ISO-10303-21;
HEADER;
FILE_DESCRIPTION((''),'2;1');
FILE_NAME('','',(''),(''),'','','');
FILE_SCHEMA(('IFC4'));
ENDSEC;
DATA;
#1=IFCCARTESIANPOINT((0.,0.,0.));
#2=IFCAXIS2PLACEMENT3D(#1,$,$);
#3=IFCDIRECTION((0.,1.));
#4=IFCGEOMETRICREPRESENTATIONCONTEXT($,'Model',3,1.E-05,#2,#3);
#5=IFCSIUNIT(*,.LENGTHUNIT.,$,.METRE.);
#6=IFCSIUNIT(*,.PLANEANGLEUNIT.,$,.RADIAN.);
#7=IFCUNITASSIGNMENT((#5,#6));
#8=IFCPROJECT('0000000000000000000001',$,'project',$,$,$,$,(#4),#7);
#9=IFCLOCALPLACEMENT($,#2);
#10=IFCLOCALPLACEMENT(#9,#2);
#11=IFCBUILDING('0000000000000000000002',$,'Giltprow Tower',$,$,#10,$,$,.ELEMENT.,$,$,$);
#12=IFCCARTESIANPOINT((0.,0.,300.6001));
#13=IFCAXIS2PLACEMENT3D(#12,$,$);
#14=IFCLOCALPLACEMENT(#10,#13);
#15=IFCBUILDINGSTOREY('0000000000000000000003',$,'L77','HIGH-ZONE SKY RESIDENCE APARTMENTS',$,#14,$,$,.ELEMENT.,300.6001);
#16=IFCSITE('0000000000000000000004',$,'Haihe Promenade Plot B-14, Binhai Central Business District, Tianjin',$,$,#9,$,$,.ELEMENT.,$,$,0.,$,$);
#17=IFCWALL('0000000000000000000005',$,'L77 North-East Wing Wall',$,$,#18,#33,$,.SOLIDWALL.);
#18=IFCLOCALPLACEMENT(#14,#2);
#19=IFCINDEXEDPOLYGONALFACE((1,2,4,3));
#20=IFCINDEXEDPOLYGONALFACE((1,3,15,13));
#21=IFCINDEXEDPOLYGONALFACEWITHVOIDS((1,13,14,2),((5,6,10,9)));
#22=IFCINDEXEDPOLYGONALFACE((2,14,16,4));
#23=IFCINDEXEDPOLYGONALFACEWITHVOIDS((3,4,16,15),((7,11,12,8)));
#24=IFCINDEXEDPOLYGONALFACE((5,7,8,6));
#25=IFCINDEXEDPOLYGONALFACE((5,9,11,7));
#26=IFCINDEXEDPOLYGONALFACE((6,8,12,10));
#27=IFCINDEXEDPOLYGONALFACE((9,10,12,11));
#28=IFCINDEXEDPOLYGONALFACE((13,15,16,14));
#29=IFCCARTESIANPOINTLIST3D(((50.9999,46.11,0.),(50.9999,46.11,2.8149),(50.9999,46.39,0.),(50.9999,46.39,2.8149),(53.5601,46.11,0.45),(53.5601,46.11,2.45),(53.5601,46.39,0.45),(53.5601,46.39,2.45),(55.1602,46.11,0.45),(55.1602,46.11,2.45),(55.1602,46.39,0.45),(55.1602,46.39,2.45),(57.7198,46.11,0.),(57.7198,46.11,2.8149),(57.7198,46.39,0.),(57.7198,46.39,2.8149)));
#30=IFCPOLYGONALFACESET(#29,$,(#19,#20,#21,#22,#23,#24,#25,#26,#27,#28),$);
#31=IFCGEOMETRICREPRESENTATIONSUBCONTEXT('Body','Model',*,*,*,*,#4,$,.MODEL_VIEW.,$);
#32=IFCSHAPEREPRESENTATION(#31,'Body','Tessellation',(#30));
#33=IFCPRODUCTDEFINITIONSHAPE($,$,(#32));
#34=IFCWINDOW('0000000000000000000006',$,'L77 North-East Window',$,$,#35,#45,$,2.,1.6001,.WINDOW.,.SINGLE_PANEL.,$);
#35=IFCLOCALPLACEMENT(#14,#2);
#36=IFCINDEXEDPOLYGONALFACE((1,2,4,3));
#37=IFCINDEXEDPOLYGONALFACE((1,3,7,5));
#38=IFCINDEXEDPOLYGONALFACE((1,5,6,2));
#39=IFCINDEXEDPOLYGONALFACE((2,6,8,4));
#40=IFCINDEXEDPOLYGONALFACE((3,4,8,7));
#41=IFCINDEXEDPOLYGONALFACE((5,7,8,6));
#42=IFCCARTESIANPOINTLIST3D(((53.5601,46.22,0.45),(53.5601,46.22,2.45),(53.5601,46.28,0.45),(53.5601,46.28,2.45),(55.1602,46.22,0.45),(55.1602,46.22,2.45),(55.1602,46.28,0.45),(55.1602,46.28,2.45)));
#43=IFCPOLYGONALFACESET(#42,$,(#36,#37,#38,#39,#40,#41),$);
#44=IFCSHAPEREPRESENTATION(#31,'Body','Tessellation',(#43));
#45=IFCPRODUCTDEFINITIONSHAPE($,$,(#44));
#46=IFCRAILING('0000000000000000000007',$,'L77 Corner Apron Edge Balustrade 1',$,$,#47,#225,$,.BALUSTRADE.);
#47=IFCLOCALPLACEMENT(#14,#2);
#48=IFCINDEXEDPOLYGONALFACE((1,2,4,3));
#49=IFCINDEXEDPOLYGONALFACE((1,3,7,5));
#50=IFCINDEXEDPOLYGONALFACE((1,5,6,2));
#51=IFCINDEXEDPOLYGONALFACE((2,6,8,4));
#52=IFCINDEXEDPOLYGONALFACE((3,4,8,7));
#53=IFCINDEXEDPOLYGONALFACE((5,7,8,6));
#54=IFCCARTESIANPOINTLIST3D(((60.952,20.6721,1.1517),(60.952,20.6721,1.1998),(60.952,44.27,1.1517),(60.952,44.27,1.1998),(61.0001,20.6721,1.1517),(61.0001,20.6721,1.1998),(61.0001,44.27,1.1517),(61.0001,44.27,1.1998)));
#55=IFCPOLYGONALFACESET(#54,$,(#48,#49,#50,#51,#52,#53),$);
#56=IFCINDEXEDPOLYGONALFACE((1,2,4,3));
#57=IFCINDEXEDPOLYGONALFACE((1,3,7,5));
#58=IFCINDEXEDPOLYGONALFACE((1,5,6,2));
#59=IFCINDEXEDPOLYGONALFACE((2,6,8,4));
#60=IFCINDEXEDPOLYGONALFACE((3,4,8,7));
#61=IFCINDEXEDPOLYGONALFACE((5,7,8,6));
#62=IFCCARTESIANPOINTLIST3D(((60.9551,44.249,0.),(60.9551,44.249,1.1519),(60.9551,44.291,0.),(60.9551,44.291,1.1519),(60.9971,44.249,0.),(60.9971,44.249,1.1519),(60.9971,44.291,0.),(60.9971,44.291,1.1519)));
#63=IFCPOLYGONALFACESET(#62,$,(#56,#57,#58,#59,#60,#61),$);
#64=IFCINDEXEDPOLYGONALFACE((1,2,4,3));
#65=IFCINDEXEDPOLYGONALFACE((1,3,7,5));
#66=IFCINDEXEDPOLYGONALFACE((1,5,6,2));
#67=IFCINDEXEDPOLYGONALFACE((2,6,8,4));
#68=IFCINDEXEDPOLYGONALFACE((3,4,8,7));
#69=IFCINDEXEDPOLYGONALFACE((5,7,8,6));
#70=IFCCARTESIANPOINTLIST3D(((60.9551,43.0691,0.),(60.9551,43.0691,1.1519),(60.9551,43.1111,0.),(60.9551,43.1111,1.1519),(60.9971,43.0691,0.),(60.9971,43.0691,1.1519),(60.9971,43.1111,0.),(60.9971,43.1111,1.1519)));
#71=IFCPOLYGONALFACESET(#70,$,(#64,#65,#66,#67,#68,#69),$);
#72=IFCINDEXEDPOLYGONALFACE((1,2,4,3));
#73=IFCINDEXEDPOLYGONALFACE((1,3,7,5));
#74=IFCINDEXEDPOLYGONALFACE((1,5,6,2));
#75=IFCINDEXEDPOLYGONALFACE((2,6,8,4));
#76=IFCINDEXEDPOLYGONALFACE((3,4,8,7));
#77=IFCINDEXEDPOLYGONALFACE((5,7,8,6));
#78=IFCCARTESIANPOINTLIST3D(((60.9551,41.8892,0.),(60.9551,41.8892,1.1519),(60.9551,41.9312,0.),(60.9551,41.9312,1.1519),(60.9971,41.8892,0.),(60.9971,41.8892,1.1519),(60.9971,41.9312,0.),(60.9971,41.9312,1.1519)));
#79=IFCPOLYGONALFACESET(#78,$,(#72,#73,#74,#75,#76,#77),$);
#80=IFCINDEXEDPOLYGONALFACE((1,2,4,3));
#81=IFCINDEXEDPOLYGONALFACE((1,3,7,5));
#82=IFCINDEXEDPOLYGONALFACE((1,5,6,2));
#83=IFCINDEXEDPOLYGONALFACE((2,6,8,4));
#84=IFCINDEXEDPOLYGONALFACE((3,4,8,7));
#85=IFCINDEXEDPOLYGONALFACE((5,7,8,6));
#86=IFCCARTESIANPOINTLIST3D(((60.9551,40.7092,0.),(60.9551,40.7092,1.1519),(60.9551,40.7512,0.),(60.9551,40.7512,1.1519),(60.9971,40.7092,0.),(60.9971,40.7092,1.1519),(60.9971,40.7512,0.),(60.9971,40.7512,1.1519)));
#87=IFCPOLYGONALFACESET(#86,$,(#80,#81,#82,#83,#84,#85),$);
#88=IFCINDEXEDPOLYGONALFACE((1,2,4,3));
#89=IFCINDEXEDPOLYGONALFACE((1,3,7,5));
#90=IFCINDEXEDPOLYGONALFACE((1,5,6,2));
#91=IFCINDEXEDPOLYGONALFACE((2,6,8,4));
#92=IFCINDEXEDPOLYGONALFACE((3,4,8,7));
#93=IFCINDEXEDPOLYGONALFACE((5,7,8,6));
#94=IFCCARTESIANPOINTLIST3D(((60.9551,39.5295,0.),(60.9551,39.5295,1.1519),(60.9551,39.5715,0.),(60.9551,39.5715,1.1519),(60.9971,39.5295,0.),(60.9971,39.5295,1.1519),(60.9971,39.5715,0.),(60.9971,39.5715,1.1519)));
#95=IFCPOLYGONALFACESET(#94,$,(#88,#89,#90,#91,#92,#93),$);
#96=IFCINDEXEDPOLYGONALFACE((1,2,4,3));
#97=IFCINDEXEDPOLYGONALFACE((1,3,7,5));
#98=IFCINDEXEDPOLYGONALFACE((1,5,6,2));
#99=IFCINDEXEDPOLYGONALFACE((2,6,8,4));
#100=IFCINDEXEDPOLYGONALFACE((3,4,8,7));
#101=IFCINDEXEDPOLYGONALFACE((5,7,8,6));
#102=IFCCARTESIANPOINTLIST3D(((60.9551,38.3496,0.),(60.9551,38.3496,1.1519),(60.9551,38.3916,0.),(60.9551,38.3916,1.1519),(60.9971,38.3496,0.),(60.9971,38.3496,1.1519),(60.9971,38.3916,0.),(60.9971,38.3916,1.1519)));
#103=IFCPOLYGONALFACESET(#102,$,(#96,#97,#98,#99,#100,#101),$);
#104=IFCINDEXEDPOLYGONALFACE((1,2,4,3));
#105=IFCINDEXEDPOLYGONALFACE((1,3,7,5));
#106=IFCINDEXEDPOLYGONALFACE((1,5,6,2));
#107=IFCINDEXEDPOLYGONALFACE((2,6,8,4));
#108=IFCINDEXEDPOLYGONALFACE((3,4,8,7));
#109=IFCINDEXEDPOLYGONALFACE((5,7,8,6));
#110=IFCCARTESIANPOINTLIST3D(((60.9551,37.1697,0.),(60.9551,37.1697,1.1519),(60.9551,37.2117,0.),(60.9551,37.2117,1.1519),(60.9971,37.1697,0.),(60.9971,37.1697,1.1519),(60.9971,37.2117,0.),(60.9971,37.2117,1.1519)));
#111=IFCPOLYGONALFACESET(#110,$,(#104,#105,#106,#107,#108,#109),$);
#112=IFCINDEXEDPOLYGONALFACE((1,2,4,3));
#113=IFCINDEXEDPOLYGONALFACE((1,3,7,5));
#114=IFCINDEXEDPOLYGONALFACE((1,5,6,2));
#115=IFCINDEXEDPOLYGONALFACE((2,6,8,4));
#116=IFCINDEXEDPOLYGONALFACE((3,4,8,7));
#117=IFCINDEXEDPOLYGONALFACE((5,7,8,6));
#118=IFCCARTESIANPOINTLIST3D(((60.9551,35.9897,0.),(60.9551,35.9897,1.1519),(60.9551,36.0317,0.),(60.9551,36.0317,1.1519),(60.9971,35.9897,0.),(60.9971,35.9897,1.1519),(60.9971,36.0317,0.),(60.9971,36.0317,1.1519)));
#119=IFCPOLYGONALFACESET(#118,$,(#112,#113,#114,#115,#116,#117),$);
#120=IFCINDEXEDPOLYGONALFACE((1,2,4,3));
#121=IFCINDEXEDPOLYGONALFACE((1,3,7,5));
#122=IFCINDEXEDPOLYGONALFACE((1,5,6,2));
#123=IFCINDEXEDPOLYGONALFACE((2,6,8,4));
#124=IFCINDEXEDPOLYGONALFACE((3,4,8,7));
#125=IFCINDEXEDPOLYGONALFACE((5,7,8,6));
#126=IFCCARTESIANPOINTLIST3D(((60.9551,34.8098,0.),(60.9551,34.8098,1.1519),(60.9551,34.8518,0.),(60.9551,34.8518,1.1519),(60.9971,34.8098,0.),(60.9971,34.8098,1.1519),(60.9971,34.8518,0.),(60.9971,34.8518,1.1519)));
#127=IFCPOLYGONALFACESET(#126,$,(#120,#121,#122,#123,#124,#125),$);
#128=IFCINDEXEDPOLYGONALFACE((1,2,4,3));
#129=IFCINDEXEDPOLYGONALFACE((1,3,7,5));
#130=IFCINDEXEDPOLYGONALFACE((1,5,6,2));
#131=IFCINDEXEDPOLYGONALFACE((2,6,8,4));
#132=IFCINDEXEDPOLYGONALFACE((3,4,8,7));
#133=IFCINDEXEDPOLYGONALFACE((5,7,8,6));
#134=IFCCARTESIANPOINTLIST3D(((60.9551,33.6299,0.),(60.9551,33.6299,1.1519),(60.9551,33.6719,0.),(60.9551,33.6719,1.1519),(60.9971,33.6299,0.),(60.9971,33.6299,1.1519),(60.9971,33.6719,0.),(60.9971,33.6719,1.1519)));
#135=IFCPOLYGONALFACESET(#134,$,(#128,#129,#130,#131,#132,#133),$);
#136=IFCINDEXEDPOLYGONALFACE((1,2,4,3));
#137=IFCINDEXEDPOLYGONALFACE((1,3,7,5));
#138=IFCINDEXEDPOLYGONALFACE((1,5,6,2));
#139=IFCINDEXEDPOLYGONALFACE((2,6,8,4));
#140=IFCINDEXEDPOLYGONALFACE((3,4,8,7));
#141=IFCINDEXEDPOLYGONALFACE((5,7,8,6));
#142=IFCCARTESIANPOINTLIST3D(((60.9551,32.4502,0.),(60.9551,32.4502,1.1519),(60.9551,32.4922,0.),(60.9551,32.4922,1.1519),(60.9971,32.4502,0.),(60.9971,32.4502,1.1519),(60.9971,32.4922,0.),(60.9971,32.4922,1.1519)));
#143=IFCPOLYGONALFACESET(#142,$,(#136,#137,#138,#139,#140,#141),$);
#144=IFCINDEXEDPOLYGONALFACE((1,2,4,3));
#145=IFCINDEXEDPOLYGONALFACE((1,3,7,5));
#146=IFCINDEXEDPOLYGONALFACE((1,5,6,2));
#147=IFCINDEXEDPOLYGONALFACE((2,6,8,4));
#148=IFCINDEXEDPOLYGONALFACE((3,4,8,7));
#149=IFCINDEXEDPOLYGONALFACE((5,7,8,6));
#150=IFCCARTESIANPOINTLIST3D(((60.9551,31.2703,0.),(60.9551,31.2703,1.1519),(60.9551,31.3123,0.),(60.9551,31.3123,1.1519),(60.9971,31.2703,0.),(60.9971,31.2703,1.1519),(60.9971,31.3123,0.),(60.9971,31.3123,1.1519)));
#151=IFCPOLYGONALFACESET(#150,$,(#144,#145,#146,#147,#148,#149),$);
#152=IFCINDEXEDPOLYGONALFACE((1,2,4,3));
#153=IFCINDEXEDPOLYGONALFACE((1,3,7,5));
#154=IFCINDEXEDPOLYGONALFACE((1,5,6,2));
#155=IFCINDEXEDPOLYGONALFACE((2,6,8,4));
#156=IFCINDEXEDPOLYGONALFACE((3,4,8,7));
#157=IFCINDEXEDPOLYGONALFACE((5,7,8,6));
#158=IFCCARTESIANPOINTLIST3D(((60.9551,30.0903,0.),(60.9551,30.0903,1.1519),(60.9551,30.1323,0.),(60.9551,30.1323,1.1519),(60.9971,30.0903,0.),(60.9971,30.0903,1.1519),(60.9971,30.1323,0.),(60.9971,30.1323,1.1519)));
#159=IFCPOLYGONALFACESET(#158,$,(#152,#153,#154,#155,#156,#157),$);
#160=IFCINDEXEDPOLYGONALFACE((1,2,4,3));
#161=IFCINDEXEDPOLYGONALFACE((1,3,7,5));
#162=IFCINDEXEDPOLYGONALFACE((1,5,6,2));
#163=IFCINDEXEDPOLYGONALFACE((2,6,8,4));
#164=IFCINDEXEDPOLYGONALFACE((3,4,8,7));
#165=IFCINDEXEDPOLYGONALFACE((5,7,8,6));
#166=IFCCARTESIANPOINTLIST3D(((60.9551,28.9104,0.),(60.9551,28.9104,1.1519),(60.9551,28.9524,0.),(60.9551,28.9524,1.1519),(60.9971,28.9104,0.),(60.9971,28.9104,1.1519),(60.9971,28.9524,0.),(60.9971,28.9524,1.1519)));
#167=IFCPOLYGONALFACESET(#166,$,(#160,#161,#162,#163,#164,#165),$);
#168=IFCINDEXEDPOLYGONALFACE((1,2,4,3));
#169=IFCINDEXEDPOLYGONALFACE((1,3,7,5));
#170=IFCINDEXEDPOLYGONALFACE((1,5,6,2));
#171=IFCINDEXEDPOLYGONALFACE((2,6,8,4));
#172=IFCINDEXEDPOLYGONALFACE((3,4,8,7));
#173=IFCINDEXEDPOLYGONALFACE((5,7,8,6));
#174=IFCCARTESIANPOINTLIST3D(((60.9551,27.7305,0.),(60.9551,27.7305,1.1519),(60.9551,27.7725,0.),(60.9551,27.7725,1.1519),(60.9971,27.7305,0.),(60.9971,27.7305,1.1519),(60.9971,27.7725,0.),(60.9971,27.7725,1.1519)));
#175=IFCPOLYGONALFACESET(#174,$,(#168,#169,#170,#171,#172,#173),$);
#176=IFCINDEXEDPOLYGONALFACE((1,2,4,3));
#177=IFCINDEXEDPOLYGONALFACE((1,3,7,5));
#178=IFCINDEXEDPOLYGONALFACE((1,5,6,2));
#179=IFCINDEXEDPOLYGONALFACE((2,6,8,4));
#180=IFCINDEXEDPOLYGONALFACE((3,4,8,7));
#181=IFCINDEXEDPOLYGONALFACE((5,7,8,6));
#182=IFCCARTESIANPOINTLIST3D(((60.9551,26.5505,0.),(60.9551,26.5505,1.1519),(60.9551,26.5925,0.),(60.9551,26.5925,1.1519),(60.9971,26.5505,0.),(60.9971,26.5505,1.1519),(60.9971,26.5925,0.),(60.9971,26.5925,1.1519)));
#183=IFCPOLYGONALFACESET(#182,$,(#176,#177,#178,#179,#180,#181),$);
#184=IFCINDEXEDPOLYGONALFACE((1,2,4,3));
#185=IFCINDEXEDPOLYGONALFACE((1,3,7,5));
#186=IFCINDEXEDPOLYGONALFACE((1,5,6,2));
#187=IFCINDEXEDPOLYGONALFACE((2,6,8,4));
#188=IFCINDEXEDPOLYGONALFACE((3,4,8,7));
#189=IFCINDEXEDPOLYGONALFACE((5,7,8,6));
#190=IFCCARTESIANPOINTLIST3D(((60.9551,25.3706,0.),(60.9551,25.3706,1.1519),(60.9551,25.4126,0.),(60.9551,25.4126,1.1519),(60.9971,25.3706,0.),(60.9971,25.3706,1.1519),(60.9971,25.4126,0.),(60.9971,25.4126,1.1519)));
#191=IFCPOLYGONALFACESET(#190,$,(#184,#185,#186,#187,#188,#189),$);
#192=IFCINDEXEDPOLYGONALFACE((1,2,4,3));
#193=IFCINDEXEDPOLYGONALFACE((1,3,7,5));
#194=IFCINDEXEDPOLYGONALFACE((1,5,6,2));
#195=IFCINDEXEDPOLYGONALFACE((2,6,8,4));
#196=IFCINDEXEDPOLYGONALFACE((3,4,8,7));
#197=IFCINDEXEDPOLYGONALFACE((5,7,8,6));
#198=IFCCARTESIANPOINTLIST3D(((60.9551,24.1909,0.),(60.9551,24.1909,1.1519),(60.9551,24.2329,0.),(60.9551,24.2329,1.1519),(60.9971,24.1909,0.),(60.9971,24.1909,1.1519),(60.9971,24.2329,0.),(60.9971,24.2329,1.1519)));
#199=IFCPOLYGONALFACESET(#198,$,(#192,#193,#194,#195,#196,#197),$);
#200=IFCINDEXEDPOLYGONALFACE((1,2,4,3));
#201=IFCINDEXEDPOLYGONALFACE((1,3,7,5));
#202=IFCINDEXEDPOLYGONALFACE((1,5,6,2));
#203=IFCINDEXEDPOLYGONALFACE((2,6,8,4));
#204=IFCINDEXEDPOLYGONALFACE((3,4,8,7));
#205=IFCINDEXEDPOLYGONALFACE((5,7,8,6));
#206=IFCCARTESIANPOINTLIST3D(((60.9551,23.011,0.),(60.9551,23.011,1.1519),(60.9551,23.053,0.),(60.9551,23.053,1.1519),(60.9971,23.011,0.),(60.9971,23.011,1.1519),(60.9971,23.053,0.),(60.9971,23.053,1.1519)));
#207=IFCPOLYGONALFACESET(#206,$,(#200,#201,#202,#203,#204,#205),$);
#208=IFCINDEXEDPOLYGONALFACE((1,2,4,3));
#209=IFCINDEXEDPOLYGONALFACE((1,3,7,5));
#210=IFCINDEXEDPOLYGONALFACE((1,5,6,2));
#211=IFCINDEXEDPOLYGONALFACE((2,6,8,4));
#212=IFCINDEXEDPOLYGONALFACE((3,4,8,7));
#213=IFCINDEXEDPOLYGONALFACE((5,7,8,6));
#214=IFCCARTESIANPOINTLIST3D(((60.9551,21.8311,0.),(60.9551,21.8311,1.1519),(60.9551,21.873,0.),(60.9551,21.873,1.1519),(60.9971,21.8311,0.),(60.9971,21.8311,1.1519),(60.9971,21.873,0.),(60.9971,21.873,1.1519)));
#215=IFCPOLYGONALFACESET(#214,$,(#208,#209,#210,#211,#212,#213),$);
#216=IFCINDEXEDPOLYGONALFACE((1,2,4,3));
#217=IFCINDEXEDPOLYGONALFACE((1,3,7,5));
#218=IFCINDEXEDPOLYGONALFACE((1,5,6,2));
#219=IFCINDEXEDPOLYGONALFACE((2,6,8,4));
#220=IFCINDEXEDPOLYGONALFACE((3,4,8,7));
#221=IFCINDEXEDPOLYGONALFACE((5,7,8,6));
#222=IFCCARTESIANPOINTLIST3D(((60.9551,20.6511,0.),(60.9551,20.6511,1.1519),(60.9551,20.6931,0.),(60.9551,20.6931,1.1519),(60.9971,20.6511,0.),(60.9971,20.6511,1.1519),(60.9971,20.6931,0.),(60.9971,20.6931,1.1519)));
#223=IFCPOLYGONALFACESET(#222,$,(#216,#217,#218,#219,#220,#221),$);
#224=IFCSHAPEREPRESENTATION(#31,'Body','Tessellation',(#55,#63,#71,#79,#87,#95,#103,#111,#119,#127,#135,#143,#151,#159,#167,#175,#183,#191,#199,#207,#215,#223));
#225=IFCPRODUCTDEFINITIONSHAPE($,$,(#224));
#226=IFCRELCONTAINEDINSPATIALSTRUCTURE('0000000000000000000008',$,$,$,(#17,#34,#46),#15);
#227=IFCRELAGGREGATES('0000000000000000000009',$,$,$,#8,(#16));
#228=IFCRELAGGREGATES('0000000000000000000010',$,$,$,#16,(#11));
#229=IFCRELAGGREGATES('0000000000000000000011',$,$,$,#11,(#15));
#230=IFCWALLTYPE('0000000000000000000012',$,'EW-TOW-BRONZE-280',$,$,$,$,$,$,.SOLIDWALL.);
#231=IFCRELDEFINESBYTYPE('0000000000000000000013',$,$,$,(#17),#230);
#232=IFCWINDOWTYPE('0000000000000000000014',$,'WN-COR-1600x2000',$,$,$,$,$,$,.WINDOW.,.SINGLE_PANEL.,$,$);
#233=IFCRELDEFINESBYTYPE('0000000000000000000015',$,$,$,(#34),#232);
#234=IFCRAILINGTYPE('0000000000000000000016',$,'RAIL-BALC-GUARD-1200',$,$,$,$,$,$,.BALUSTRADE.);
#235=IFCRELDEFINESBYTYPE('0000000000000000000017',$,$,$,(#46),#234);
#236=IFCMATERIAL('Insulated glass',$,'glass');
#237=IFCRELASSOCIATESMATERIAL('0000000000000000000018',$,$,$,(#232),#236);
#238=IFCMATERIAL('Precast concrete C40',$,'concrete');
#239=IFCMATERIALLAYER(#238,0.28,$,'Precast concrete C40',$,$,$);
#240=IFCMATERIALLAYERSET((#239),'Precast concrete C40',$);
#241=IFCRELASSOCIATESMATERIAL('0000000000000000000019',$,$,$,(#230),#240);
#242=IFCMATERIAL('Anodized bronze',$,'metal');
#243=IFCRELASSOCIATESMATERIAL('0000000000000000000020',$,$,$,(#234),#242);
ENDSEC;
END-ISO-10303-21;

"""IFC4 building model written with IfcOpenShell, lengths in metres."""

from ifc_helpers import new_model, si_unit, direction, frame, frame_2d, origin, origin_2d, place, context, subcontext, project, spatial, rectangle, extrude, source, transform, mapped, material, layer, layer_set, type_object, element, fill, save


model = new_model("IFC4")

# Units and contexts
model_context = context("Model", 3, precision=1e-05, world=origin(), true_north=direction((0.0, 1.0)))
body_context = subcontext(model_context, "Body", "Model", "MODEL_VIEW")
ifc_project = project(units=[si_unit("LENGTHUNIT", "METRE"), si_unit("PLANEANGLEUNIT", "RADIAN")], contexts=[model_context])

# Site, building, storey
site_placement = place(None, origin())
site = spatial("IfcSite", under=ifc_project, at=site_placement, Name="Haihe Promenade Plot B-14, Binhai Central Business District, Tianjin", CompositionType="ELEMENT", RefElevation=0.0)
building_placement = place(site_placement, origin())
building = spatial("IfcBuilding", under=site, at=building_placement, Name="Giltprow Tower", CompositionType="ELEMENT")
storey_placement = place(building_placement, frame((0.0, 0.0, 300.6001)))
storey = spatial("IfcBuildingStorey", under=building, at=storey_placement, Name="L77", Description="HIGH-ZONE SKY RESIDENCE APARTMENTS", CompositionType="ELEMENT", Elevation=300.6001)

# Wall, opening, window
ifc_material_1 = material(Name="Precast concrete C40", Category="concrete")
ifc_material_2 = material(Name="Insulated glass", Category="glass")
window_type = type_object("IfcWindowType", Name="WN-COR-1600x2000", PartitioningType="SINGLE_PANEL", PredefinedType="WINDOW", material=ifc_material_2)
shared_shape_1 = source(origin(), body_context, "Body", "SweptSolid", [
    extrude(rectangle(XDim=1.6001, YDim=2.0, at=frame_2d((0.8, 1.0))), frame((0.0, 0.03, 0.0), z_axis=(0.0, -1.0, 0.0), x_axis=(1.0, 0.0, 0.0)), (0.0, 0.0, 1.0), 0.0601),
])
ifc_layer_1 = layer(ifc_material_1, 0.28, Name="Precast concrete C40")
ifc_layer_set_1 = layer_set([ifc_layer_1], Name="Precast concrete C40")
wall_type_1 = type_object("IfcWallType", Name="EW-TOW-BRONZE-280", PredefinedType="SOLIDWALL", material=ifc_layer_set_1)
wall_1_placement = place(storey_placement, frame((51.0, 46.25, 0.0), z_axis=(0.0, 0.0, 1.0), x_axis=(1.0, 0.0, 0.0)))
wall_1 = element("IfcWall", 1, at=wall_1_placement, inside=storey, type_object=wall_type_1, Name="L77 North-East Wing Wall", PredefinedType="SOLIDWALL", context=body_context, shape_type="SweptSolid", body=[
    extrude(rectangle(XDim=6.72, YDim=0.28, at=frame_2d((3.3599, 0.0))), origin(), (0.0, 0.0, 1.0), 2.8149),
])
opening_1_placement = place(wall_1_placement, frame((2.5601, 0.0, 0.45)))
opening_1 = element("IfcOpeningElement", 2, at=opening_1_placement, cuts=wall_1, PredefinedType="OPENING", context=body_context, shape_type="SweptSolid", body=[
    extrude(rectangle(XDim=1.6001, YDim=2.0, at=frame_2d((0.8, 1.0))), frame((0.0, 0.1499, 0.0), z_axis=(0.0, -1.0, 0.0), x_axis=(1.0, 0.0, 0.0)), (0.0, 0.0, 1.0), 0.3),
])
window_1_placement = place(opening_1_placement, origin())
window_1 = element("IfcWindow", 3, at=window_1_placement, inside=storey, type_object=window_type, Name="L77 North-East Window", OverallHeight=2.0, OverallWidth=1.6001, PartitioningType="SINGLE_PANEL", PredefinedType="WINDOW", context=body_context, shape_type="MappedRepresentation", body=[
    mapped(shared_shape_1, transform((0.0, 0.0, 0.0), x_axis=(1.0, 0.0, 0.0), y_axis=(0.0, 1.0, 0.0), z_axis=(0.0, 0.0, 1.0), scale=1.0)),
])
fill(opening_1, window_1)

# Railing
ifc_material_3 = material(Name="Anodized bronze", Category="metal")
railing_type = type_object("IfcRailingType", Name="RAIL-BALC-GUARD-1200", PredefinedType="BALUSTRADE", material=ifc_material_3)
railing_1_placement = place(storey_placement, frame((60.9761, 44.27, 0.0)))
element("IfcRailing", 4, at=railing_1_placement, inside=storey, type_object=railing_type, Name="L77 Corner Apron Edge Balustrade 1", PredefinedType="BALUSTRADE", context=body_context, shape_type="SweptSolid", body=[
    extrude(rectangle(XDim=0.0481, YDim=0.0481, at=origin_2d()), frame((0.0, 0.0, 1.1758), z_axis=(0.0, -1.0, 0.0), x_axis=(1.0, 0.0, 0.0)), (0.0, 0.0, 1.0), 23.5979),
    extrude(rectangle(XDim=0.042, YDim=0.042, at=origin_2d()), origin(), (0.0, 0.0, 1.0), 1.1519),
    extrude(rectangle(XDim=0.042, YDim=0.042, at=origin_2d()), frame((0.0, -1.1799, 0.0)), (0.0, 0.0, 1.0), 1.1519),
    extrude(rectangle(XDim=0.042, YDim=0.042, at=origin_2d()), frame((0.0, -2.3599, 0.0)), (0.0, 0.0, 1.0), 1.1519),
    extrude(rectangle(XDim=0.042, YDim=0.042, at=origin_2d()), frame((0.0, -3.5398, 0.0)), (0.0, 0.0, 1.0), 1.1519),
    extrude(rectangle(XDim=0.042, YDim=0.042, at=origin_2d()), frame((0.0, -4.7195, 0.0)), (0.0, 0.0, 1.0), 1.1519),
    extrude(rectangle(XDim=0.042, YDim=0.042, at=origin_2d()), frame((0.0, -5.8994, 0.0)), (0.0, 0.0, 1.0), 1.1519),
    extrude(rectangle(XDim=0.042, YDim=0.042, at=origin_2d()), frame((0.0, -7.0793, 0.0)), (0.0, 0.0, 1.0), 1.1519),
    extrude(rectangle(XDim=0.042, YDim=0.042, at=origin_2d()), frame((0.0, -8.2593, 0.0)), (0.0, 0.0, 1.0), 1.1519),
    extrude(rectangle(XDim=0.042, YDim=0.042, at=origin_2d()), frame((0.0, -9.4392, 0.0)), (0.0, 0.0, 1.0), 1.1519),
    extrude(rectangle(XDim=0.042, YDim=0.042, at=origin_2d()), frame((0.0, -10.6191, 0.0)), (0.0, 0.0, 1.0), 1.1519),
    extrude(rectangle(XDim=0.042, YDim=0.042, at=origin_2d()), frame((0.0, -11.7988, 0.0)), (0.0, 0.0, 1.0), 1.1519),
    extrude(rectangle(XDim=0.042, YDim=0.042, at=origin_2d()), frame((0.0, -12.9788, 0.0)), (0.0, 0.0, 1.0), 1.1519),
    extrude(rectangle(XDim=0.042, YDim=0.042, at=origin_2d()), frame((0.0, -14.1587, 0.0)), (0.0, 0.0, 1.0), 1.1519),
    extrude(rectangle(XDim=0.042, YDim=0.042, at=origin_2d()), frame((0.0, -15.3386, 0.0)), (0.0, 0.0, 1.0), 1.1519),
    extrude(rectangle(XDim=0.042, YDim=0.042, at=origin_2d()), frame((0.0, -16.5186, 0.0)), (0.0, 0.0, 1.0), 1.1519),
    extrude(rectangle(XDim=0.042, YDim=0.042, at=origin_2d()), frame((0.0, -17.6985, 0.0)), (0.0, 0.0, 1.0), 1.1519),
    extrude(rectangle(XDim=0.042, YDim=0.042, at=origin_2d()), frame((0.0, -18.8784, 0.0)), (0.0, 0.0, 1.0), 1.1519),
    extrude(rectangle(XDim=0.042, YDim=0.042, at=origin_2d()), frame((0.0, -20.0581, 0.0)), (0.0, 0.0, 1.0), 1.1519),
    extrude(rectangle(XDim=0.042, YDim=0.042, at=origin_2d()), frame((0.0, -21.238, 0.0)), (0.0, 0.0, 1.0), 1.1519),
    extrude(rectangle(XDim=0.042, YDim=0.042, at=origin_2d()), frame((0.0, -22.418, 0.0)), (0.0, 0.0, 1.0), 1.1519),
    extrude(rectangle(XDim=0.042, YDim=0.042, at=origin_2d()), frame((0.0, -23.5979, 0.0)), (0.0, 0.0, 1.0), 1.1519),
])

save(model, "model.ifc")
